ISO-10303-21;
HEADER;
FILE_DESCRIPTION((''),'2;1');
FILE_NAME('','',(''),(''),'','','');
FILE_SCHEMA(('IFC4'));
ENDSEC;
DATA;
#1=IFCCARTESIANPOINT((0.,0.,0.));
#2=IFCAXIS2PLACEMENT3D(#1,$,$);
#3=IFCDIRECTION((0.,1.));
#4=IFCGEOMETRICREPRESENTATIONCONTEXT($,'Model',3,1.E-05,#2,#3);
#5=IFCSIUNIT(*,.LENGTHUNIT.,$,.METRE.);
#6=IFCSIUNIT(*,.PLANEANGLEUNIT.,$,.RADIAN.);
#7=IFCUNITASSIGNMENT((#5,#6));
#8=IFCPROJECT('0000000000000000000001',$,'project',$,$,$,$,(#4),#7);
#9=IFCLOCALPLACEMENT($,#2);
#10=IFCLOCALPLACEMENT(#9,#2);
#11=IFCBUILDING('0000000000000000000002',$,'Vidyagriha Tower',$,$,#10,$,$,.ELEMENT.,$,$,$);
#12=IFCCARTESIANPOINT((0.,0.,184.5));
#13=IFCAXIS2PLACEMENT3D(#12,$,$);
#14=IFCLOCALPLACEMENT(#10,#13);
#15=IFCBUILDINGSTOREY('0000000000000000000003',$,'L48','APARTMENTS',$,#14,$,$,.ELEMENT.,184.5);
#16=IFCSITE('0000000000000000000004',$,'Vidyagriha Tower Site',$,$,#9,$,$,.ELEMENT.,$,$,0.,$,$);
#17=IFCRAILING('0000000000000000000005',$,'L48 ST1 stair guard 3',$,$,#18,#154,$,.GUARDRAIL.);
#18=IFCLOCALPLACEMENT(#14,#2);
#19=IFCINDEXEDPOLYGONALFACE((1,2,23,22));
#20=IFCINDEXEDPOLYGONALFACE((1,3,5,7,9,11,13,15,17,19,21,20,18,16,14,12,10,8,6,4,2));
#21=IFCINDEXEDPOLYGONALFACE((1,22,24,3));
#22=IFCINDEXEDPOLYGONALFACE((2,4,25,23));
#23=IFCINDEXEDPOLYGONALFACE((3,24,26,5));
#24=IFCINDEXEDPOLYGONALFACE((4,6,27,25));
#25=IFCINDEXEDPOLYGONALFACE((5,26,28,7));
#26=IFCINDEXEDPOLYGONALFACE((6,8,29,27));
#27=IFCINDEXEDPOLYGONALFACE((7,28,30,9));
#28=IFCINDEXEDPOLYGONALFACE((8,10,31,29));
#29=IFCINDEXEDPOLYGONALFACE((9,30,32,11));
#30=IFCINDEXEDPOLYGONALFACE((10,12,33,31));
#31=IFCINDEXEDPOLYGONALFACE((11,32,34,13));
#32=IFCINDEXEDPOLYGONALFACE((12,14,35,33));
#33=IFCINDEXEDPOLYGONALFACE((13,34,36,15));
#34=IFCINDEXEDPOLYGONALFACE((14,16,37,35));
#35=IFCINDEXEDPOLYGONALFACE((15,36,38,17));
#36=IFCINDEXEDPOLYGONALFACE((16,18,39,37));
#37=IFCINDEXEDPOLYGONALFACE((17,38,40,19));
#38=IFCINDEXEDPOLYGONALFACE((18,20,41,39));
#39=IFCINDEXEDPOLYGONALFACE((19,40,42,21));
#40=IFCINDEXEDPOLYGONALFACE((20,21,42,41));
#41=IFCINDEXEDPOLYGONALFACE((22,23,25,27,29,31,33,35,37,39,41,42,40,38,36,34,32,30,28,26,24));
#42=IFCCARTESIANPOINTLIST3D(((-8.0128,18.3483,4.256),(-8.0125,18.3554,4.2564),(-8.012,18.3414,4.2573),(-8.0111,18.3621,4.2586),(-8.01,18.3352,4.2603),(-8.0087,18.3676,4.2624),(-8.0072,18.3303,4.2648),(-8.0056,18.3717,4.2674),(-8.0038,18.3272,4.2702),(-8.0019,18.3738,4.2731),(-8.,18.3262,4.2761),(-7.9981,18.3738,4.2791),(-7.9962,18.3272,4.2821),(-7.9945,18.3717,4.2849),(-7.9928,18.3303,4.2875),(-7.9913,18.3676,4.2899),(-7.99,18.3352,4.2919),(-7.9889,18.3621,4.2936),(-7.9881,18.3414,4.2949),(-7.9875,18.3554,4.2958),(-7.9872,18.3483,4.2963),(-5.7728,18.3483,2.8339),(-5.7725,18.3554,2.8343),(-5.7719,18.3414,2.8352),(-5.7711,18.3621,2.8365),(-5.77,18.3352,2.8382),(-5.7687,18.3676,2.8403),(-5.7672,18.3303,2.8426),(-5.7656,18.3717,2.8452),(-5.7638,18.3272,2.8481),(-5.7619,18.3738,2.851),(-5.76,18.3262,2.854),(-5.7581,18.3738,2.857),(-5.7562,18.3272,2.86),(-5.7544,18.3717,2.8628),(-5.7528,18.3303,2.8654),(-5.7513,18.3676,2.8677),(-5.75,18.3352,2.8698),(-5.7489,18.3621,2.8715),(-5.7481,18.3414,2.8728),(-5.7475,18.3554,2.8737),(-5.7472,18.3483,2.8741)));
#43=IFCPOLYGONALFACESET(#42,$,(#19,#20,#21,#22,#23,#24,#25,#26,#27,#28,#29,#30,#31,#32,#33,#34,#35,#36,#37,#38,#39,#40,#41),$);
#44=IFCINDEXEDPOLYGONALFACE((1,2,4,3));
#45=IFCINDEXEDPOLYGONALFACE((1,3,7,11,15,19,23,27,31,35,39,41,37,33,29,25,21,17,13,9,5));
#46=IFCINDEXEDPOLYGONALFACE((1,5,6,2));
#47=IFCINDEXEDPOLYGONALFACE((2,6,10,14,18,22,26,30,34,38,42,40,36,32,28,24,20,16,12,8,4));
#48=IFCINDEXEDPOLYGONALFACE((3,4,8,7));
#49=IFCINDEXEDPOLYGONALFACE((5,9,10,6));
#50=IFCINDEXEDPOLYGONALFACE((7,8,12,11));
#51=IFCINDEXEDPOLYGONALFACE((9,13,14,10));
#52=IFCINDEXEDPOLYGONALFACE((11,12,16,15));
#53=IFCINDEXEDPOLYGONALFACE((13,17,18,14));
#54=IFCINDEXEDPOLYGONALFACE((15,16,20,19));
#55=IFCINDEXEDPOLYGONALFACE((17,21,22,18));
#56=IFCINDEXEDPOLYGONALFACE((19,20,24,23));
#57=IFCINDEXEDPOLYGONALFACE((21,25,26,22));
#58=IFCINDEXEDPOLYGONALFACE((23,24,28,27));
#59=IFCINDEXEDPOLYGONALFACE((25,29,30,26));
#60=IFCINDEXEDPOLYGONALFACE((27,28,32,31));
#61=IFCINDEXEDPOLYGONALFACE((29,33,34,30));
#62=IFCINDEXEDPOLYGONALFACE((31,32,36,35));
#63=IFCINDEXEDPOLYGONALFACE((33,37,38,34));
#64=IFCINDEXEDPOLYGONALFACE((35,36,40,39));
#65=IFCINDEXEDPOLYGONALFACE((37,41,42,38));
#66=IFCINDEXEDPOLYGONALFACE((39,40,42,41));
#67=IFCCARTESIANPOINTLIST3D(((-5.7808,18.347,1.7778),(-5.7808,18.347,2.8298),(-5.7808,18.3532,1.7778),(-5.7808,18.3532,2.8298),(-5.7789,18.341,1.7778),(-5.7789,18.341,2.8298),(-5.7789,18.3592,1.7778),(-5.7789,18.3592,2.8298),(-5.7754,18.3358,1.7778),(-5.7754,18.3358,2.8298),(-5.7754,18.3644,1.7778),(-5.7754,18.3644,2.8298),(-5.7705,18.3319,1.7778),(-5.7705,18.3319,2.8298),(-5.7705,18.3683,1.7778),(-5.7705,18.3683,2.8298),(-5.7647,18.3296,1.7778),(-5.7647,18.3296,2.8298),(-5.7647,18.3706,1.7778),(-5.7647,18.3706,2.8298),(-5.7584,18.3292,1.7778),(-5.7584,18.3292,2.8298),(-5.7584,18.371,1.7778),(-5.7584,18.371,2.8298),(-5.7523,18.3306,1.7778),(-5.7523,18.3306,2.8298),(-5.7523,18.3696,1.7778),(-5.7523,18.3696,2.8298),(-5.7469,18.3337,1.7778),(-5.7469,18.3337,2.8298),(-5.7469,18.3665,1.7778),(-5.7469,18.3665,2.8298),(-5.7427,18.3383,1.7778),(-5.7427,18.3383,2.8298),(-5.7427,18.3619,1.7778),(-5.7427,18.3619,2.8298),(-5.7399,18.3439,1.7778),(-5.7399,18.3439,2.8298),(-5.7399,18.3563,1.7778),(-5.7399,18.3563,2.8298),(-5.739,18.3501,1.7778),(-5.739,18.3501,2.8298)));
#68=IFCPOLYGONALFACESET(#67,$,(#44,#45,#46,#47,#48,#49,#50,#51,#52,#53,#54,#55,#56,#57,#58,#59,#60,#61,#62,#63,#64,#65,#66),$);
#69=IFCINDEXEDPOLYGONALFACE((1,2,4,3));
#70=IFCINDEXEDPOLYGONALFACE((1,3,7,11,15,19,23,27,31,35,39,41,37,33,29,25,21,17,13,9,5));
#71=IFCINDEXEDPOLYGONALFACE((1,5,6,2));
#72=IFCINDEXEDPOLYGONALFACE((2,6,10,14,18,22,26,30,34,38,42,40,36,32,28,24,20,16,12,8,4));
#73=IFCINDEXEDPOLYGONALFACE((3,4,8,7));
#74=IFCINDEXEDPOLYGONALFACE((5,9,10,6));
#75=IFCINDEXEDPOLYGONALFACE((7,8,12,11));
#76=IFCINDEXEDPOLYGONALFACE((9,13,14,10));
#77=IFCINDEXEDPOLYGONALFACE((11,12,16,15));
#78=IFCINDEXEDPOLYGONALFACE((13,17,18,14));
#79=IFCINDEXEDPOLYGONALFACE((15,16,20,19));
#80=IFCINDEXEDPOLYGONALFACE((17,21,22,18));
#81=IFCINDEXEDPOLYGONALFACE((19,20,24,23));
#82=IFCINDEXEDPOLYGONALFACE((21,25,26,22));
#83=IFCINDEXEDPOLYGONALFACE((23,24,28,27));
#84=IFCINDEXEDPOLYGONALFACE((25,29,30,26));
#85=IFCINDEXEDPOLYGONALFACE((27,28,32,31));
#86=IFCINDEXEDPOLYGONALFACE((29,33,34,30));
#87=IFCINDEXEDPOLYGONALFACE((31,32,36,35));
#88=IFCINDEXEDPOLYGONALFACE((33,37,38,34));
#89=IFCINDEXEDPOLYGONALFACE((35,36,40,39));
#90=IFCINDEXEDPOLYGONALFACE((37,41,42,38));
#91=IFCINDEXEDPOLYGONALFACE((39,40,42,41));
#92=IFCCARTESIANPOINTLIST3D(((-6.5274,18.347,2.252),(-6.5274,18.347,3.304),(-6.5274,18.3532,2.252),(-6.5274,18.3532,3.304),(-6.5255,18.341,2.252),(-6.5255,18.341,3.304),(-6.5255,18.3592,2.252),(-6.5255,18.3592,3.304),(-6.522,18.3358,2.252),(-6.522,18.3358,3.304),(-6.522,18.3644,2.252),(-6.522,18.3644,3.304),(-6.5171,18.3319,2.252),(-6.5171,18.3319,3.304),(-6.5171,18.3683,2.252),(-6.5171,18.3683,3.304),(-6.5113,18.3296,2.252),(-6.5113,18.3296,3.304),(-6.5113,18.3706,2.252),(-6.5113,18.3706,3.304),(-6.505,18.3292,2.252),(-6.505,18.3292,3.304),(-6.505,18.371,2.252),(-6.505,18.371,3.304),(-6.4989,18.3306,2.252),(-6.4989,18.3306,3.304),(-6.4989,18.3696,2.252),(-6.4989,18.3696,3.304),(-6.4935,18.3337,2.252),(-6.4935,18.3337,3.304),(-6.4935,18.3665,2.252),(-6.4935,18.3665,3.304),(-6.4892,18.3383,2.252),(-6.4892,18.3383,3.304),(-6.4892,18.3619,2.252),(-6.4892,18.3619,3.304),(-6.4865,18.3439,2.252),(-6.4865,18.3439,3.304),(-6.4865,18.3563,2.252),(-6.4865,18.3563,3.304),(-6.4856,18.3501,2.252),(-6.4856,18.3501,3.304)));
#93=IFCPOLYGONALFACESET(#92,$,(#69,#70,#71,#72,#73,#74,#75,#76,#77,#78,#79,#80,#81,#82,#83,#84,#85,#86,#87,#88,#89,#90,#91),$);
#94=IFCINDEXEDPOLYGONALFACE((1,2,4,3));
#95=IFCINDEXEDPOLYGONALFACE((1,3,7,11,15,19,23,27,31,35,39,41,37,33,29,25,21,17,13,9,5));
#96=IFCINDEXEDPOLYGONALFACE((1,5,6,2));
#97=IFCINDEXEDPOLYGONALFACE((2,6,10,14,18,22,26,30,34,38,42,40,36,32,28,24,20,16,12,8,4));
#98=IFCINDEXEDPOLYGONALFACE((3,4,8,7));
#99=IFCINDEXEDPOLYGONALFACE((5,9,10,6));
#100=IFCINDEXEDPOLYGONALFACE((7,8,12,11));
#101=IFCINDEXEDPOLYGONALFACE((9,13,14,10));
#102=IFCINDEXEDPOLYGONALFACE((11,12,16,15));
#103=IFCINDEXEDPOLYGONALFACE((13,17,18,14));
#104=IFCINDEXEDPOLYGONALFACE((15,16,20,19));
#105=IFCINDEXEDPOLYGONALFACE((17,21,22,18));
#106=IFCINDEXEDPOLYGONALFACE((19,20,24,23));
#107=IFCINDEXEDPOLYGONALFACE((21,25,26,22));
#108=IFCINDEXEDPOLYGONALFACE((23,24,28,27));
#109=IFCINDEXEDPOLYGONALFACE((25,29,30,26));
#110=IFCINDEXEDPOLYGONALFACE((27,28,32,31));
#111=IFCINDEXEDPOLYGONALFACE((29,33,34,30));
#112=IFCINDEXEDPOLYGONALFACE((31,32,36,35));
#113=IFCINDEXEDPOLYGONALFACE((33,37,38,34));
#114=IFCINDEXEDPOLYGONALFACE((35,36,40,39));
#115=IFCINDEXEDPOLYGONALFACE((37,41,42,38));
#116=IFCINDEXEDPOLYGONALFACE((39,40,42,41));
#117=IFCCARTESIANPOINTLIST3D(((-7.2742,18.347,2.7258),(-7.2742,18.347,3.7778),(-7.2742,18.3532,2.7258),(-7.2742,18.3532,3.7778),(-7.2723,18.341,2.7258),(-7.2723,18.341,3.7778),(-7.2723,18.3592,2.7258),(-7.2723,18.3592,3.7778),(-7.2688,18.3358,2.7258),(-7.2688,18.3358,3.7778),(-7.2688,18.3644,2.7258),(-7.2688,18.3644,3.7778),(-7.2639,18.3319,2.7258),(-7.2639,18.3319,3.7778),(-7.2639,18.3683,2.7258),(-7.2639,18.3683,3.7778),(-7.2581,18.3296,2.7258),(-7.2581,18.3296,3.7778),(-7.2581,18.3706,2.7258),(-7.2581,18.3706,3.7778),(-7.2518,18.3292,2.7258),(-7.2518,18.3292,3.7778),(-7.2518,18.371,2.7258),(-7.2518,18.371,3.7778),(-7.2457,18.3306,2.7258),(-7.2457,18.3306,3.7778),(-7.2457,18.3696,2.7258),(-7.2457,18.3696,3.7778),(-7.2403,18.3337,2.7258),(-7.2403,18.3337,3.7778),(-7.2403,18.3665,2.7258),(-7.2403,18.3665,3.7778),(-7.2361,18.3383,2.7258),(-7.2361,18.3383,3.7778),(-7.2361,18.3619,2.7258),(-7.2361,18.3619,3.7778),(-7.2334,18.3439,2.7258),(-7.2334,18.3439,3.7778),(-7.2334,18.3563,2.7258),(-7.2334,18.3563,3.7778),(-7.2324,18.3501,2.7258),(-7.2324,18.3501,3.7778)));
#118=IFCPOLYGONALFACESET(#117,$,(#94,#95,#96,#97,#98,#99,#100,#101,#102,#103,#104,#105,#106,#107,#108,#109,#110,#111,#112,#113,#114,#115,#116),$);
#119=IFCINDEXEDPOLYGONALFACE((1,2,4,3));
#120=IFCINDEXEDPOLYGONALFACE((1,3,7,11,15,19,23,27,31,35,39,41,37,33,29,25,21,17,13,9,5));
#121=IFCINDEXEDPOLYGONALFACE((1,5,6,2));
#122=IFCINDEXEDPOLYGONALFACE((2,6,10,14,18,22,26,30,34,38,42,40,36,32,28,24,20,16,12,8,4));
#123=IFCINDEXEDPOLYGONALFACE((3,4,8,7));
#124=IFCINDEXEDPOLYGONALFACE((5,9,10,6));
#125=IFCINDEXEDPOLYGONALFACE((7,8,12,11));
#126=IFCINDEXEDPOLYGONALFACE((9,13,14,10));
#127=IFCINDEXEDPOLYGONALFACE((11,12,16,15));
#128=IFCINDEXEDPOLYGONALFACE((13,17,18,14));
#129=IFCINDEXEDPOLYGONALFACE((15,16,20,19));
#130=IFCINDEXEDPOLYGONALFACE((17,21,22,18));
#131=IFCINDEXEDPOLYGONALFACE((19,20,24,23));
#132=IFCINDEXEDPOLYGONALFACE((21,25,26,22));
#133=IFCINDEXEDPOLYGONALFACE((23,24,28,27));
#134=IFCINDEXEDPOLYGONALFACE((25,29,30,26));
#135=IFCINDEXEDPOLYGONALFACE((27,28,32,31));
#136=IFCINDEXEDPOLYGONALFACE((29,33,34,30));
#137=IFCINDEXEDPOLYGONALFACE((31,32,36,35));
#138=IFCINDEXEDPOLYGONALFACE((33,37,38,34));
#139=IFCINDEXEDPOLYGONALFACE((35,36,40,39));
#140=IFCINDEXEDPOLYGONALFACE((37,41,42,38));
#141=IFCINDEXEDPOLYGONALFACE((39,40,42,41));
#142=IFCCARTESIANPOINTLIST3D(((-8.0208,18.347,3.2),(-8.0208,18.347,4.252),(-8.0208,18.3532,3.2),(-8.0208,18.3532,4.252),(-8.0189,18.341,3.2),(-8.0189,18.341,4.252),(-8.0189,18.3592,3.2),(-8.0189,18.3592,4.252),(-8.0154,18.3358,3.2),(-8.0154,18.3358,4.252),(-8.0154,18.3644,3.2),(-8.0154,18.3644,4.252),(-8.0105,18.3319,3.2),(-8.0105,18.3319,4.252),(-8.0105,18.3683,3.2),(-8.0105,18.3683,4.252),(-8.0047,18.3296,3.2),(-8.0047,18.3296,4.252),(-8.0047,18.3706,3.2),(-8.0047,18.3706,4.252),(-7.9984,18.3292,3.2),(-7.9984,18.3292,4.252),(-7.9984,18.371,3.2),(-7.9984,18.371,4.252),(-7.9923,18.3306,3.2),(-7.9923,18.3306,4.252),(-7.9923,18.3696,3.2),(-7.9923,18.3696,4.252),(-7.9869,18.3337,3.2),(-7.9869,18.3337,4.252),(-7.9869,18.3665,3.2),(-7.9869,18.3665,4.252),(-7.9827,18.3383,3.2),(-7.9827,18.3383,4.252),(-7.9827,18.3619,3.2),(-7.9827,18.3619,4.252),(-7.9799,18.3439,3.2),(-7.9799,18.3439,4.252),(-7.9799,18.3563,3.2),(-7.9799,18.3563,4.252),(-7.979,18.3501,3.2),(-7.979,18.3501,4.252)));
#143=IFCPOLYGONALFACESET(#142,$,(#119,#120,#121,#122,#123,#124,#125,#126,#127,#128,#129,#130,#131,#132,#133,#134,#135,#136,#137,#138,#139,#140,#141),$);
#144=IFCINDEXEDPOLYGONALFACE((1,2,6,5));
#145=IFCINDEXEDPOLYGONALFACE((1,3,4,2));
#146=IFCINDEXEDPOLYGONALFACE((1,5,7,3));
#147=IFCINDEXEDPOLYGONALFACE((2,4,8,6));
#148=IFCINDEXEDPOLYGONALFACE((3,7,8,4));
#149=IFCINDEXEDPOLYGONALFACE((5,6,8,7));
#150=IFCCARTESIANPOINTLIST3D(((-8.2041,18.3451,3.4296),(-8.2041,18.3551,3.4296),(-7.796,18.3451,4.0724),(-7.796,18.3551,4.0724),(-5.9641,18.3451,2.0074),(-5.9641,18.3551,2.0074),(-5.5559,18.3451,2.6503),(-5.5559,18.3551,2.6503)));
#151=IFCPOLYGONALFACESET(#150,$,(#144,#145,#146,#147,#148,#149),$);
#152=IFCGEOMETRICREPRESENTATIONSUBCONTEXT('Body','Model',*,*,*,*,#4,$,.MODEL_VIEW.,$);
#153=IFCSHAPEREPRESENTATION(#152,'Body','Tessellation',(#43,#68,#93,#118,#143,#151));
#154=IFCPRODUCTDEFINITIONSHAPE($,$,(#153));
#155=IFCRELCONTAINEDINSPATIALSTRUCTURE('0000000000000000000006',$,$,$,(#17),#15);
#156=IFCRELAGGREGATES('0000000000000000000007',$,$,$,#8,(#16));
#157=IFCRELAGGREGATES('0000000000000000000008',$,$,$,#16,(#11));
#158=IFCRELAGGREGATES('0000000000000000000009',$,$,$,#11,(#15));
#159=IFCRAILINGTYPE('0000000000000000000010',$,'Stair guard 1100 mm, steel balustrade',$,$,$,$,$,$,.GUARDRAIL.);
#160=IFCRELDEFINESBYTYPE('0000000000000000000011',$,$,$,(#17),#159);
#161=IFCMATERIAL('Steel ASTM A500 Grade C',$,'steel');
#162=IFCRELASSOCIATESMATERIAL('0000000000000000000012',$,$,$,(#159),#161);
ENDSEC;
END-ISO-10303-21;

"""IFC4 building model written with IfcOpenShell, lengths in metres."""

from ifc_helpers import new_model, si_unit, direction, frame, origin, origin_2d, place, context, subcontext, project, spatial, rectangle, circle, extrude, material, type_object, element, save


model = new_model("IFC4")

# Units and contexts
model_context = context("Model", 3, precision=1e-05, world=origin(), true_north=direction((0.0, 1.0)))
body_context = subcontext(model_context, "Body", "Model", "MODEL_VIEW")
ifc_project = project(units=[si_unit("LENGTHUNIT", "METRE"), si_unit("PLANEANGLEUNIT", "RADIAN")], contexts=[model_context])

# Site, building, storey
site_placement = place(None, origin())
site = spatial("IfcSite", under=ifc_project, at=site_placement, Name="Vidyagriha Tower Site", CompositionType="ELEMENT", RefElevation=0.0)
building_placement = place(site_placement, origin())
building = spatial("IfcBuilding", under=site, at=building_placement, Name="Vidyagriha Tower", CompositionType="ELEMENT")
storey_placement = place(building_placement, frame((0.0, 0.0, 184.5)))
storey = spatial("IfcBuildingStorey", under=building, at=storey_placement, Name="L48", Description="APARTMENTS", CompositionType="ELEMENT", Elevation=184.5)

# Railing
ifc_material_1 = material(Name="Steel ASTM A500 Grade C", Category="steel")
railing_type_1 = type_object("IfcRailingType", Name="Stair guard 1100 mm, steel balustrade", PredefinedType="GUARDRAIL", material=ifc_material_1)
railing_1_placement = place(storey_placement, frame((-5.76, 18.3501, 1.7778)))
element("IfcRailing", 1, at=railing_1_placement, inside=storey, type_object=railing_type_1, Name="L48 ST1 stair guard 3", PredefinedType="GUARDRAIL", context=body_context, shape_type="SweptSolid", body=[
    extrude(circle(Radius=0.0239, at=origin_2d()), frame((0.0, 0.0, 1.0762), z_axis=(-0.844229, 0.0, 0.535982), x_axis=(0.0, -1.0, 0.0)), (0.0, 0.0, 1.0), 2.6533),
    extrude(circle(Radius=0.021, at=origin_2d()), origin(), (0.0, 0.0, 1.0), 1.052),
    extrude(circle(Radius=0.021, at=origin_2d()), frame((-0.7466, 0.0, 0.4741)), (0.0, 0.0, 1.0), 1.052),
    extrude(circle(Radius=0.021, at=origin_2d()), frame((-1.4934, 0.0, 0.948)), (0.0, 0.0, 1.0), 1.052),
    extrude(circle(Radius=0.021, at=origin_2d()), frame((-2.24, 0.0, 1.4221)), (0.0, 0.0, 1.0), 1.052),
    extrude(rectangle(XDim=0.01, YDim=0.7615, at=origin_2d()), frame((0.0, 0.0, 0.551), z_axis=(-0.844229, 0.0, 0.535982), x_axis=(0.0, -1.0, 0.0)), (0.0, 0.0, 1.0), 2.6533),
])

save(model, "model.ifc")
